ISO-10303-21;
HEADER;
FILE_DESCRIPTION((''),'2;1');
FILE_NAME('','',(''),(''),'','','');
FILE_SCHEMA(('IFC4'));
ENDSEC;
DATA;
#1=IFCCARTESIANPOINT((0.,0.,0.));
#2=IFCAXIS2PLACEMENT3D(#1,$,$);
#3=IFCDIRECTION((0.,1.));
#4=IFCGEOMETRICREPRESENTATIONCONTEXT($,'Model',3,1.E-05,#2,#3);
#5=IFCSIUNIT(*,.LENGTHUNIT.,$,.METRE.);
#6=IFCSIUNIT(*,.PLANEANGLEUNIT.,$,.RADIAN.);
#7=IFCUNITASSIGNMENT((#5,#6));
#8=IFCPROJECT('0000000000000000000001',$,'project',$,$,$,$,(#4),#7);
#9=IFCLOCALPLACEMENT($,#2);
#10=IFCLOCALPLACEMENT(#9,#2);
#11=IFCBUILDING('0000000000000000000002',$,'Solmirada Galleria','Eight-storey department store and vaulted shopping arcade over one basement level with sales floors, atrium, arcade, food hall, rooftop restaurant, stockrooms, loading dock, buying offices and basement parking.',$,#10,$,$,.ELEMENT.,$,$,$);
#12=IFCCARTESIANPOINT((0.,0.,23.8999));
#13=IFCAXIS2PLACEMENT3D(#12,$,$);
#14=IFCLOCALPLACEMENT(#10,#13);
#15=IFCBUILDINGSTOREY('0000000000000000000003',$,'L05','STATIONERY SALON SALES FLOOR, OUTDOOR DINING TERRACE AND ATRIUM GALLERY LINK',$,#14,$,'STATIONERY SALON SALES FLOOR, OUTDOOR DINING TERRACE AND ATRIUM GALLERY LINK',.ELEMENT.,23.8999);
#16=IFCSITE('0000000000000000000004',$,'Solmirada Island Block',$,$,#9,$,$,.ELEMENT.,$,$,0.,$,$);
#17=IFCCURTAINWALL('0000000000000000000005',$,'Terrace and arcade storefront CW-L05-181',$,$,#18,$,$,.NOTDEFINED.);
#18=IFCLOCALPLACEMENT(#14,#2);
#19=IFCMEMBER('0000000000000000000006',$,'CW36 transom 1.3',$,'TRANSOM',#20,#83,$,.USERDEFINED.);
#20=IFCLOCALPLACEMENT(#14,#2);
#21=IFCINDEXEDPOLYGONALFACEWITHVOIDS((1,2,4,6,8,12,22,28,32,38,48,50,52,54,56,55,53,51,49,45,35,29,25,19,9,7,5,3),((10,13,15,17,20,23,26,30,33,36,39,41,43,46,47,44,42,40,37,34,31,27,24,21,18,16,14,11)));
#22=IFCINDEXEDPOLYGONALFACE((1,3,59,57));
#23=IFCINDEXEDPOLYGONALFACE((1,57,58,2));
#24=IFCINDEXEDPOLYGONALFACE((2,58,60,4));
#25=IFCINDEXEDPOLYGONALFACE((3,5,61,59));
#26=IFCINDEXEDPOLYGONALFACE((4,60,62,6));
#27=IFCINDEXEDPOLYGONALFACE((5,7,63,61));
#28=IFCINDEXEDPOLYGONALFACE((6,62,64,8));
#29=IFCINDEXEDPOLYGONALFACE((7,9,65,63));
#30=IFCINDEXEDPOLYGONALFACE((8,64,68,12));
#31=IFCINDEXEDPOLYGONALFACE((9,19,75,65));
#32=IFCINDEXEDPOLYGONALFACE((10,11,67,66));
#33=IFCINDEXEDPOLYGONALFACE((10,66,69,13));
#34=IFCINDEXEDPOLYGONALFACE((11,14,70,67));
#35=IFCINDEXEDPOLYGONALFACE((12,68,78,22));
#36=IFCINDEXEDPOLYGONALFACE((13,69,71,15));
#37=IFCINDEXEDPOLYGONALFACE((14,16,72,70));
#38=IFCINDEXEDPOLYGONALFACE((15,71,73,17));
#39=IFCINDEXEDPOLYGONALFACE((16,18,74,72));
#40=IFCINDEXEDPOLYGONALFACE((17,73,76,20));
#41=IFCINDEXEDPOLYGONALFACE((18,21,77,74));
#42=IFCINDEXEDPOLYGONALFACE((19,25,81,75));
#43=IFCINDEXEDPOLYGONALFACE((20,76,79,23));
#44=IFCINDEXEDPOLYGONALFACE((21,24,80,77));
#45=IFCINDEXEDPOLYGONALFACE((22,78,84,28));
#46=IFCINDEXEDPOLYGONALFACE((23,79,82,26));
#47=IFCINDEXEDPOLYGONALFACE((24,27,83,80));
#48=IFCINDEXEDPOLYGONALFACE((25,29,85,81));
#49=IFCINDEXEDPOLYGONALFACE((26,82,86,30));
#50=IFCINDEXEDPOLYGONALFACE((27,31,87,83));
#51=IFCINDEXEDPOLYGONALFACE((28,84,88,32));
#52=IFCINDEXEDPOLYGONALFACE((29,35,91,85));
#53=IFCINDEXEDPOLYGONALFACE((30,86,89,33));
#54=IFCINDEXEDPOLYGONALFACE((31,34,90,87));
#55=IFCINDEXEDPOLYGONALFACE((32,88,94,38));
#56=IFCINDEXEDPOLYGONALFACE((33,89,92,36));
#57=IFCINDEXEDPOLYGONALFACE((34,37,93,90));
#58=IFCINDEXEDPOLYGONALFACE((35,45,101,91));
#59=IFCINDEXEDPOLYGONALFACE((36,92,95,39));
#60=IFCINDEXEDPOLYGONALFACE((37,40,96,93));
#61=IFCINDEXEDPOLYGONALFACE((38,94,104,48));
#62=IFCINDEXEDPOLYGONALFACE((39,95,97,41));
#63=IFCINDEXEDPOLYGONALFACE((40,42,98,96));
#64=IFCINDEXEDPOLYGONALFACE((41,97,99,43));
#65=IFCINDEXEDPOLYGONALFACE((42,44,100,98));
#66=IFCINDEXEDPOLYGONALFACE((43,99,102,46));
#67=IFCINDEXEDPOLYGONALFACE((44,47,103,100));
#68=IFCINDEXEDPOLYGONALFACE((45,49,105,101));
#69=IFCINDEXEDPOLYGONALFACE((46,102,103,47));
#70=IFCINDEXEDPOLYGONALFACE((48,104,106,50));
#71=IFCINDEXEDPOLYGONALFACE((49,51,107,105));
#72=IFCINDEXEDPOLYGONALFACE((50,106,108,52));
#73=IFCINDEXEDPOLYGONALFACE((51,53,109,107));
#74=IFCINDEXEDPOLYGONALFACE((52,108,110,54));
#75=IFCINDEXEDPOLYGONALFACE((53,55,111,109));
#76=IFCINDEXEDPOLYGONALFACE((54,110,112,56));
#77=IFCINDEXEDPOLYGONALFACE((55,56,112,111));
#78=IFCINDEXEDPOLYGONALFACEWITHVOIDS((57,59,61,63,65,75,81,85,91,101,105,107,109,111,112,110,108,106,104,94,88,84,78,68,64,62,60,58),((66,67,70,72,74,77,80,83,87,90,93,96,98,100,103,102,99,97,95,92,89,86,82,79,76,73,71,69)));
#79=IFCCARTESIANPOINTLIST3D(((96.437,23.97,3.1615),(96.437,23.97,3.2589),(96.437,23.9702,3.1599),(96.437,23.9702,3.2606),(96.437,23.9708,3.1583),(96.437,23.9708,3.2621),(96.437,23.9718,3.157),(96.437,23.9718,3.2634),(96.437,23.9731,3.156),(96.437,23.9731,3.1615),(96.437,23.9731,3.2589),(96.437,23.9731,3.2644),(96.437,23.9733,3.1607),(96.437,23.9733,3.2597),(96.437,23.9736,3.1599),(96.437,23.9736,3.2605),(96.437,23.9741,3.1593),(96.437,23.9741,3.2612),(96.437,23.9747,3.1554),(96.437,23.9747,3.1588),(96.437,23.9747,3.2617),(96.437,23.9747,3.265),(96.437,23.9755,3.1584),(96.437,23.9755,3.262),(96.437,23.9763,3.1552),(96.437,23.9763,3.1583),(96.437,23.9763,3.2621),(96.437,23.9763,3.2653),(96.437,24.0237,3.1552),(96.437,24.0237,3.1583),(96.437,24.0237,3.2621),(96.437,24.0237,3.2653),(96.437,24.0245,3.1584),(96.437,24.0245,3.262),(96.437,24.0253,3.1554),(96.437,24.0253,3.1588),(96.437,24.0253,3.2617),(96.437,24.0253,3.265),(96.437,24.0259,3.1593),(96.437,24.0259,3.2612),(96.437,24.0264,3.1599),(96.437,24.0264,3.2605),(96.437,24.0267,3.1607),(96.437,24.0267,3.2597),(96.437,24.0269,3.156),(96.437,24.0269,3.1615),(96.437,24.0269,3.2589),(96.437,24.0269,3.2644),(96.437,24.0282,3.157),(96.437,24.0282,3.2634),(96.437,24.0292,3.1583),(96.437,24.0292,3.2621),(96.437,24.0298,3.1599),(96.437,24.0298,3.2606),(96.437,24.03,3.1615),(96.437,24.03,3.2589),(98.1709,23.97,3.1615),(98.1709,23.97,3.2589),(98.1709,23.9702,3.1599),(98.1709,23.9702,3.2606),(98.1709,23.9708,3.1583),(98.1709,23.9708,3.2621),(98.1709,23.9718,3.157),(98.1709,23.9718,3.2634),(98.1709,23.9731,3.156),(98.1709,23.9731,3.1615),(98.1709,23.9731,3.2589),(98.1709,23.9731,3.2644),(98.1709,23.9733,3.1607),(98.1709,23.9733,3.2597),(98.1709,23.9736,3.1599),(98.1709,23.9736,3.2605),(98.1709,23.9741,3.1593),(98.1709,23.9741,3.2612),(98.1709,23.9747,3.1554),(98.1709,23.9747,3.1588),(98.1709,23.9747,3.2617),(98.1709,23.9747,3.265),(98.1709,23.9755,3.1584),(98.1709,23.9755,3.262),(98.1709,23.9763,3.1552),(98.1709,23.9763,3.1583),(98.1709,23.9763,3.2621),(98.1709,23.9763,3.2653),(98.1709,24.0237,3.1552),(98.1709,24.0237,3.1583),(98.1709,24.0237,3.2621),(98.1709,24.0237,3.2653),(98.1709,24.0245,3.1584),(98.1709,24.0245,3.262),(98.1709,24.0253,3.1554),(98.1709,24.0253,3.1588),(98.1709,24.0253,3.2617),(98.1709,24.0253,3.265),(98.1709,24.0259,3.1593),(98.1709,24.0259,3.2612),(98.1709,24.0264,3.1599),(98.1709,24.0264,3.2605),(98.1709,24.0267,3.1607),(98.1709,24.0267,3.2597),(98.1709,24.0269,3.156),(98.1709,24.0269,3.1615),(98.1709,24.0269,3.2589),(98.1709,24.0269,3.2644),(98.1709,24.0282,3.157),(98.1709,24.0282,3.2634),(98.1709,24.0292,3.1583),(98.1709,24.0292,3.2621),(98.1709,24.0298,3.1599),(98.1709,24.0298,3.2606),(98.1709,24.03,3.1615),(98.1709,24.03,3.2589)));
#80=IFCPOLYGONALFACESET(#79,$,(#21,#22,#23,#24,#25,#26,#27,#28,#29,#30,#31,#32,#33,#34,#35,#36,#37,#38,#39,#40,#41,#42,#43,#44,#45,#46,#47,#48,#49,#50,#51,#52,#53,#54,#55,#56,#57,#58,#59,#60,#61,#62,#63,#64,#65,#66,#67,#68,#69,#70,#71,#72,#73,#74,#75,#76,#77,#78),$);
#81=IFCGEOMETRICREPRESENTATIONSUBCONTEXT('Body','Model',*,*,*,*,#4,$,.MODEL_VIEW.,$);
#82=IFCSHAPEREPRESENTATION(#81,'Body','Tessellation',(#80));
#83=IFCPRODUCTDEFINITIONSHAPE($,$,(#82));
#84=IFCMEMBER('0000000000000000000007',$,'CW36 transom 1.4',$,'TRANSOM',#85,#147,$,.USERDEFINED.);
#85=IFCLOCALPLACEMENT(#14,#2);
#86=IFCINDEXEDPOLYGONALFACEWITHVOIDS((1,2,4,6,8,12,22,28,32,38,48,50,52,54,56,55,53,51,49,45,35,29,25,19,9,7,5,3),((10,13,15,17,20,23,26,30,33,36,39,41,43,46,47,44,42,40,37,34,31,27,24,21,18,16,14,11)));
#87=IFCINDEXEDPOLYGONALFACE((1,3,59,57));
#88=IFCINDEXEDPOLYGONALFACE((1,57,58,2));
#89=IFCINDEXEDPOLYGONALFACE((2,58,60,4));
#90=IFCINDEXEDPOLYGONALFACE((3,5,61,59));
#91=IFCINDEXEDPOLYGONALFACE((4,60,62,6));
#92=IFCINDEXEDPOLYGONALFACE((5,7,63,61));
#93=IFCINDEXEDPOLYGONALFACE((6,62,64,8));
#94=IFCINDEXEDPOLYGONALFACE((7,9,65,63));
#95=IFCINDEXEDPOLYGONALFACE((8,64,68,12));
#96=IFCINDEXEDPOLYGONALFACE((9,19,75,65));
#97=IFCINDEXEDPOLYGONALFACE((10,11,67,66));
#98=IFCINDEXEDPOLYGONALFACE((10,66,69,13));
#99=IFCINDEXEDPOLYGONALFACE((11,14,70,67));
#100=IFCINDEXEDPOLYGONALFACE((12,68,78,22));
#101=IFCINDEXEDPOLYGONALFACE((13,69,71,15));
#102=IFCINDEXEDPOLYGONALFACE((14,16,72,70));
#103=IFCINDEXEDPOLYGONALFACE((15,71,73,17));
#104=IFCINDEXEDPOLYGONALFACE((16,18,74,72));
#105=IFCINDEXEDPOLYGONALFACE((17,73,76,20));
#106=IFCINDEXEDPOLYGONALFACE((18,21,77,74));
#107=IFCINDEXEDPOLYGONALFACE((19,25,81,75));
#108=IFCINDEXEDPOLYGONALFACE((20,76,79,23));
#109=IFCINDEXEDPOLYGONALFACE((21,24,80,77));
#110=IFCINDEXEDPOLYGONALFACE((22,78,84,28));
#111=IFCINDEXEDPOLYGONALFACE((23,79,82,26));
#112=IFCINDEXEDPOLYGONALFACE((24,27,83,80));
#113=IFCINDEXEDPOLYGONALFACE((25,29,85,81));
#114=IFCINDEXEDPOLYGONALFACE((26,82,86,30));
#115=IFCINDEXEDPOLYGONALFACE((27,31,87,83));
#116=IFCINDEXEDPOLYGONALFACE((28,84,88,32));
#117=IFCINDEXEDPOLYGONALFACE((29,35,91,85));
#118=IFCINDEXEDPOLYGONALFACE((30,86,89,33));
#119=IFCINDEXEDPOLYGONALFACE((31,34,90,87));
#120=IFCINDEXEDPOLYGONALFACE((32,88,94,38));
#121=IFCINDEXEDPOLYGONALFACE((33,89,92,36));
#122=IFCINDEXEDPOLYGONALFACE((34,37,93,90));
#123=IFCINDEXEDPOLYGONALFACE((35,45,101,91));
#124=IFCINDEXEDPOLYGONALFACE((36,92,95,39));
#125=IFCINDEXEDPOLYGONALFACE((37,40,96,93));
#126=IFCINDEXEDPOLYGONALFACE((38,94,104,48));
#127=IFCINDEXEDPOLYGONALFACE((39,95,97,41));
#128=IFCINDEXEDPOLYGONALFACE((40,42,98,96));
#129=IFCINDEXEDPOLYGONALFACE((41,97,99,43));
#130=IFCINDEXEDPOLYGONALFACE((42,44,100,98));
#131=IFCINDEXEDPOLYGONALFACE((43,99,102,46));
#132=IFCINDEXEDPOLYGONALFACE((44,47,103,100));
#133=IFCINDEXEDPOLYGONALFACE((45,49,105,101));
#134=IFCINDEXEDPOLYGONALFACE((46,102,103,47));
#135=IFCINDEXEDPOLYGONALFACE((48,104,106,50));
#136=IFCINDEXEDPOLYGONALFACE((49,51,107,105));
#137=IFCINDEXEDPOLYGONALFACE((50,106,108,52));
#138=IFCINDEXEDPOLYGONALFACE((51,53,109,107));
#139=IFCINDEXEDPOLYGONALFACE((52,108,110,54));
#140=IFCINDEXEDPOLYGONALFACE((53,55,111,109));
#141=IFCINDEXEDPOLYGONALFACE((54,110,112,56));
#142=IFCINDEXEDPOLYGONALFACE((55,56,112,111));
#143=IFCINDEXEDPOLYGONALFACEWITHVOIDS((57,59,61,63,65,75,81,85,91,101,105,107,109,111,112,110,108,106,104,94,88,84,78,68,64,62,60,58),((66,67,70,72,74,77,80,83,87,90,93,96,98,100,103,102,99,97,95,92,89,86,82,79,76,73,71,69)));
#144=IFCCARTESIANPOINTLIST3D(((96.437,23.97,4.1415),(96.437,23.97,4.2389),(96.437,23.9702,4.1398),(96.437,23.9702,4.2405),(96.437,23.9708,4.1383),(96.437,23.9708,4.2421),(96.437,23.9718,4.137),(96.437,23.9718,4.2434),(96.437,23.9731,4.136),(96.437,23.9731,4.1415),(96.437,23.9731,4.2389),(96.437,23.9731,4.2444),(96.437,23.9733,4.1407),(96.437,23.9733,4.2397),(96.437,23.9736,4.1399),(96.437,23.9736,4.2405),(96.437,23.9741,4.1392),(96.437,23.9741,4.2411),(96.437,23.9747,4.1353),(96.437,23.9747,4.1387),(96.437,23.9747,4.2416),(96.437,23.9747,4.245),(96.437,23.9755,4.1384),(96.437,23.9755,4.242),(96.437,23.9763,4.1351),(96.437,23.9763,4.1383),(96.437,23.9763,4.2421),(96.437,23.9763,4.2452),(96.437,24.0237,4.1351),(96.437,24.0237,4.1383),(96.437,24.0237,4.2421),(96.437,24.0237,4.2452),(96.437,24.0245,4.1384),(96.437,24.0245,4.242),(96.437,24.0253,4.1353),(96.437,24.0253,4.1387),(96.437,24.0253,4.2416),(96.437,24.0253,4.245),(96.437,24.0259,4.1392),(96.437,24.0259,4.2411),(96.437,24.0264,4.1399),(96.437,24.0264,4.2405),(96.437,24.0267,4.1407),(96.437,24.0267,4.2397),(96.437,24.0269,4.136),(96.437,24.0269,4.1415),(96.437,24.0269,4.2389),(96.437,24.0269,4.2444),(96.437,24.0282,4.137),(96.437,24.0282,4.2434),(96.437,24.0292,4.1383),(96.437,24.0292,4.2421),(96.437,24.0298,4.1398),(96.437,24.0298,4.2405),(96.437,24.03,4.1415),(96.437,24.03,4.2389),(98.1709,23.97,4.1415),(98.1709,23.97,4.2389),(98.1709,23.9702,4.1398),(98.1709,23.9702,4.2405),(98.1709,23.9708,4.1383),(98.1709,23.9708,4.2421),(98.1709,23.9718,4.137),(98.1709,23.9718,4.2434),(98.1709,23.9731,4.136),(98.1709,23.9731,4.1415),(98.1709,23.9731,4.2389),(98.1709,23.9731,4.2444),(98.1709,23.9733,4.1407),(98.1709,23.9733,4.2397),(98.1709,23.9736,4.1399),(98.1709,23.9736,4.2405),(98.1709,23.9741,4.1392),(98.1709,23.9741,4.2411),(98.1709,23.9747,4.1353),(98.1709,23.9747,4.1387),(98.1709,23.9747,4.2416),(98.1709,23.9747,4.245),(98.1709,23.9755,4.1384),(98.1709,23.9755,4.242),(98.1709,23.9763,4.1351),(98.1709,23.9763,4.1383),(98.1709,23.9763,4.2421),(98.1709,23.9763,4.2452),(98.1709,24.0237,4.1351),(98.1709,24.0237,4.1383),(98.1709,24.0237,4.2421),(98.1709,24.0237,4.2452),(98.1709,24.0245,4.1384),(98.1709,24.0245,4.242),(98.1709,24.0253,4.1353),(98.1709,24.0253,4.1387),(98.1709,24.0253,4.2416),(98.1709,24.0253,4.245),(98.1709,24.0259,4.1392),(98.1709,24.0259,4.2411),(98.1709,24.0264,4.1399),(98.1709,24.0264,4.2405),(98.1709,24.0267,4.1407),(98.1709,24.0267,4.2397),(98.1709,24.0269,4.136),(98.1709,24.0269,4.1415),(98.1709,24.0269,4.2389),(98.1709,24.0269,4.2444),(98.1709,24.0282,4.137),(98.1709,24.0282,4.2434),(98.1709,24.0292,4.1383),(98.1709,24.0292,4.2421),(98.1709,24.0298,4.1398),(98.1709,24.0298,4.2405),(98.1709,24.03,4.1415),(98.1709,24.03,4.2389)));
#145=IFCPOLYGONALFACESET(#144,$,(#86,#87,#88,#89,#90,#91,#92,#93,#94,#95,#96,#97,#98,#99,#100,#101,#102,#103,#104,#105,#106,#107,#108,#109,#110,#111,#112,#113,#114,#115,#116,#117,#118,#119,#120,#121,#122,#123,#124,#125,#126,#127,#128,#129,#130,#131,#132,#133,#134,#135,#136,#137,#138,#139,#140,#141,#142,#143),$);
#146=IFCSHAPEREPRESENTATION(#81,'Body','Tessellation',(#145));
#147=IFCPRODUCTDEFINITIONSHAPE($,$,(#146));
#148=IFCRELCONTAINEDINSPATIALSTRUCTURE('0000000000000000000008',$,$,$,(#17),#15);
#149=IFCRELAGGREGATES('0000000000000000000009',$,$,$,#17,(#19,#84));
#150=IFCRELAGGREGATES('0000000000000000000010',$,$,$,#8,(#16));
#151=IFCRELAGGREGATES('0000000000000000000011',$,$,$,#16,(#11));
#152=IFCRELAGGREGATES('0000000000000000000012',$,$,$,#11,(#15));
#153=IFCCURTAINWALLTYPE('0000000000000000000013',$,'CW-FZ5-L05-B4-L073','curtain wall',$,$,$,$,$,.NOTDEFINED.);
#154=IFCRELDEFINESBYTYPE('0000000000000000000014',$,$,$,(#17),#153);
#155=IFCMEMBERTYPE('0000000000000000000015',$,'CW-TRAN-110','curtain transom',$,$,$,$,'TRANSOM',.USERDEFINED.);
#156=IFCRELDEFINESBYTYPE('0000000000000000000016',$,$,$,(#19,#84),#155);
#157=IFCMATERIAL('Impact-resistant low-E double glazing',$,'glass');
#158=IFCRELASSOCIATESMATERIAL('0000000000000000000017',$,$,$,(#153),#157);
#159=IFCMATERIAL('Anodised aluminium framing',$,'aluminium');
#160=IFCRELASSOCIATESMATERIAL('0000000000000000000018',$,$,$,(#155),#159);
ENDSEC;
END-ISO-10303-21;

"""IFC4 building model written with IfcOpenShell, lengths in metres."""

from ifc_helpers import new_model, si_unit, direction, frame, origin, origin_2d, place, context, subcontext, project, spatial, hollow_rectangle, extrude, material, material_profile, profile_set, type_object, element, aggregate, save


model = new_model("IFC4")

# Units and contexts
model_context = context("Model", 3, precision=1e-05, world=origin(), true_north=direction((0.0, 1.0)))
body_context = subcontext(model_context, "Body", "Model", "MODEL_VIEW")
ifc_project = project(units=[si_unit("LENGTHUNIT", "METRE"), si_unit("PLANEANGLEUNIT", "RADIAN")], contexts=[model_context])

# Site, building, storey
site_placement = place(None, origin())
site = spatial("IfcSite", under=ifc_project, at=site_placement, Name="Solmirada Island Block", CompositionType="ELEMENT", RefElevation=0.0)
building_placement = place(site_placement, origin())
building = spatial("IfcBuilding", under=site, at=building_placement, Name="Solmirada Galleria", Description="Eight-storey department store and vaulted shopping arcade over one basement level with sales floors, atrium, arcade, food hall, rooftop restaurant, stockrooms, loading dock, buying offices and basement parking.", CompositionType="ELEMENT")
storey_placement = place(building_placement, frame((0.0, 0.0, 23.8999)))
storey = spatial("IfcBuildingStorey", under=building, at=storey_placement, Name="L05", Description="STATIONERY SALON SALES FLOOR, OUTDOOR DINING TERRACE AND ATRIUM GALLERY LINK", LongName="STATIONERY SALON SALES FLOOR, OUTDOOR DINING TERRACE AND ATRIUM GALLERY LINK", CompositionType="ELEMENT", Elevation=23.8999)

# Curtain wall, members
ifc_material_1 = material(Name="Impact-resistant low-E double glazing", Category="glass")
curtain_wall_type = type_object("IfcCurtainWallType", Name="CW-FZ5-L05-B4-L073", Description="curtain wall", PredefinedType="NOTDEFINED", material=ifc_material_1)
curtain_wall_placement = place(storey_placement, origin())
curtain_wall = element("IfcCurtainWall", 1, at=curtain_wall_placement, inside=storey, type_object=curtain_wall_type, Name="Terrace and arcade storefront CW-L05-181", PredefinedType="NOTDEFINED")
ifc_material_2 = material(Name="Anodised aluminium framing", Category="aluminium")
ifc_material_profile_1 = material_profile(ifc_material_2, hollow_rectangle(XDim=0.0601, YDim=0.1101, WallThickness=0.0032, InnerFilletRadius=0.0032, OuterFilletRadius=0.0063, at=origin_2d()), Name="ALU-TRAN-110X60")
ifc_profile_set_1 = profile_set([ifc_material_profile_1], Name="Anodised aluminium framing")
member_type_1 = type_object("IfcMemberType", Name="CW-TRAN-110", Description="curtain transom", ElementType="TRANSOM", PredefinedType="USERDEFINED", material=ifc_profile_set_1)
member_1_placement = place(storey_placement, frame((96.437, 24.0, 3.2102), z_axis=(1.0, 0.0, 0.0), x_axis=(0.0, 1.0, 0.0)))
member_1 = element("IfcMember", 2, at=member_1_placement, type_object=member_type_1, Name="CW36 transom 1.3", ObjectType="TRANSOM", PredefinedType="USERDEFINED", context=body_context, shape_type="SweptSolid", body=[
    extrude(hollow_rectangle(XDim=0.0601, YDim=0.1101, WallThickness=0.0032, InnerFilletRadius=0.0032, OuterFilletRadius=0.0063, at=origin_2d()), origin(), (0.0, 0.0, 1.0), 1.7339),
])
member_2_placement = place(storey_placement, frame((96.437, 24.0, 4.1902), z_axis=(1.0, 0.0, 0.0), x_axis=(0.0, 1.0, 0.0)))
member_2 = element("IfcMember", 3, at=member_2_placement, type_object=member_type_1, Name="CW36 transom 1.4", ObjectType="TRANSOM", PredefinedType="USERDEFINED", context=body_context, shape_type="SweptSolid", body=[
    extrude(hollow_rectangle(XDim=0.0601, YDim=0.1101, WallThickness=0.0032, InnerFilletRadius=0.0032, OuterFilletRadius=0.0063, at=origin_2d()), origin(), (0.0, 0.0, 1.0), 1.7339),
])
aggregate(curtain_wall, [member_1, member_2])

save(model, "model.ifc")
